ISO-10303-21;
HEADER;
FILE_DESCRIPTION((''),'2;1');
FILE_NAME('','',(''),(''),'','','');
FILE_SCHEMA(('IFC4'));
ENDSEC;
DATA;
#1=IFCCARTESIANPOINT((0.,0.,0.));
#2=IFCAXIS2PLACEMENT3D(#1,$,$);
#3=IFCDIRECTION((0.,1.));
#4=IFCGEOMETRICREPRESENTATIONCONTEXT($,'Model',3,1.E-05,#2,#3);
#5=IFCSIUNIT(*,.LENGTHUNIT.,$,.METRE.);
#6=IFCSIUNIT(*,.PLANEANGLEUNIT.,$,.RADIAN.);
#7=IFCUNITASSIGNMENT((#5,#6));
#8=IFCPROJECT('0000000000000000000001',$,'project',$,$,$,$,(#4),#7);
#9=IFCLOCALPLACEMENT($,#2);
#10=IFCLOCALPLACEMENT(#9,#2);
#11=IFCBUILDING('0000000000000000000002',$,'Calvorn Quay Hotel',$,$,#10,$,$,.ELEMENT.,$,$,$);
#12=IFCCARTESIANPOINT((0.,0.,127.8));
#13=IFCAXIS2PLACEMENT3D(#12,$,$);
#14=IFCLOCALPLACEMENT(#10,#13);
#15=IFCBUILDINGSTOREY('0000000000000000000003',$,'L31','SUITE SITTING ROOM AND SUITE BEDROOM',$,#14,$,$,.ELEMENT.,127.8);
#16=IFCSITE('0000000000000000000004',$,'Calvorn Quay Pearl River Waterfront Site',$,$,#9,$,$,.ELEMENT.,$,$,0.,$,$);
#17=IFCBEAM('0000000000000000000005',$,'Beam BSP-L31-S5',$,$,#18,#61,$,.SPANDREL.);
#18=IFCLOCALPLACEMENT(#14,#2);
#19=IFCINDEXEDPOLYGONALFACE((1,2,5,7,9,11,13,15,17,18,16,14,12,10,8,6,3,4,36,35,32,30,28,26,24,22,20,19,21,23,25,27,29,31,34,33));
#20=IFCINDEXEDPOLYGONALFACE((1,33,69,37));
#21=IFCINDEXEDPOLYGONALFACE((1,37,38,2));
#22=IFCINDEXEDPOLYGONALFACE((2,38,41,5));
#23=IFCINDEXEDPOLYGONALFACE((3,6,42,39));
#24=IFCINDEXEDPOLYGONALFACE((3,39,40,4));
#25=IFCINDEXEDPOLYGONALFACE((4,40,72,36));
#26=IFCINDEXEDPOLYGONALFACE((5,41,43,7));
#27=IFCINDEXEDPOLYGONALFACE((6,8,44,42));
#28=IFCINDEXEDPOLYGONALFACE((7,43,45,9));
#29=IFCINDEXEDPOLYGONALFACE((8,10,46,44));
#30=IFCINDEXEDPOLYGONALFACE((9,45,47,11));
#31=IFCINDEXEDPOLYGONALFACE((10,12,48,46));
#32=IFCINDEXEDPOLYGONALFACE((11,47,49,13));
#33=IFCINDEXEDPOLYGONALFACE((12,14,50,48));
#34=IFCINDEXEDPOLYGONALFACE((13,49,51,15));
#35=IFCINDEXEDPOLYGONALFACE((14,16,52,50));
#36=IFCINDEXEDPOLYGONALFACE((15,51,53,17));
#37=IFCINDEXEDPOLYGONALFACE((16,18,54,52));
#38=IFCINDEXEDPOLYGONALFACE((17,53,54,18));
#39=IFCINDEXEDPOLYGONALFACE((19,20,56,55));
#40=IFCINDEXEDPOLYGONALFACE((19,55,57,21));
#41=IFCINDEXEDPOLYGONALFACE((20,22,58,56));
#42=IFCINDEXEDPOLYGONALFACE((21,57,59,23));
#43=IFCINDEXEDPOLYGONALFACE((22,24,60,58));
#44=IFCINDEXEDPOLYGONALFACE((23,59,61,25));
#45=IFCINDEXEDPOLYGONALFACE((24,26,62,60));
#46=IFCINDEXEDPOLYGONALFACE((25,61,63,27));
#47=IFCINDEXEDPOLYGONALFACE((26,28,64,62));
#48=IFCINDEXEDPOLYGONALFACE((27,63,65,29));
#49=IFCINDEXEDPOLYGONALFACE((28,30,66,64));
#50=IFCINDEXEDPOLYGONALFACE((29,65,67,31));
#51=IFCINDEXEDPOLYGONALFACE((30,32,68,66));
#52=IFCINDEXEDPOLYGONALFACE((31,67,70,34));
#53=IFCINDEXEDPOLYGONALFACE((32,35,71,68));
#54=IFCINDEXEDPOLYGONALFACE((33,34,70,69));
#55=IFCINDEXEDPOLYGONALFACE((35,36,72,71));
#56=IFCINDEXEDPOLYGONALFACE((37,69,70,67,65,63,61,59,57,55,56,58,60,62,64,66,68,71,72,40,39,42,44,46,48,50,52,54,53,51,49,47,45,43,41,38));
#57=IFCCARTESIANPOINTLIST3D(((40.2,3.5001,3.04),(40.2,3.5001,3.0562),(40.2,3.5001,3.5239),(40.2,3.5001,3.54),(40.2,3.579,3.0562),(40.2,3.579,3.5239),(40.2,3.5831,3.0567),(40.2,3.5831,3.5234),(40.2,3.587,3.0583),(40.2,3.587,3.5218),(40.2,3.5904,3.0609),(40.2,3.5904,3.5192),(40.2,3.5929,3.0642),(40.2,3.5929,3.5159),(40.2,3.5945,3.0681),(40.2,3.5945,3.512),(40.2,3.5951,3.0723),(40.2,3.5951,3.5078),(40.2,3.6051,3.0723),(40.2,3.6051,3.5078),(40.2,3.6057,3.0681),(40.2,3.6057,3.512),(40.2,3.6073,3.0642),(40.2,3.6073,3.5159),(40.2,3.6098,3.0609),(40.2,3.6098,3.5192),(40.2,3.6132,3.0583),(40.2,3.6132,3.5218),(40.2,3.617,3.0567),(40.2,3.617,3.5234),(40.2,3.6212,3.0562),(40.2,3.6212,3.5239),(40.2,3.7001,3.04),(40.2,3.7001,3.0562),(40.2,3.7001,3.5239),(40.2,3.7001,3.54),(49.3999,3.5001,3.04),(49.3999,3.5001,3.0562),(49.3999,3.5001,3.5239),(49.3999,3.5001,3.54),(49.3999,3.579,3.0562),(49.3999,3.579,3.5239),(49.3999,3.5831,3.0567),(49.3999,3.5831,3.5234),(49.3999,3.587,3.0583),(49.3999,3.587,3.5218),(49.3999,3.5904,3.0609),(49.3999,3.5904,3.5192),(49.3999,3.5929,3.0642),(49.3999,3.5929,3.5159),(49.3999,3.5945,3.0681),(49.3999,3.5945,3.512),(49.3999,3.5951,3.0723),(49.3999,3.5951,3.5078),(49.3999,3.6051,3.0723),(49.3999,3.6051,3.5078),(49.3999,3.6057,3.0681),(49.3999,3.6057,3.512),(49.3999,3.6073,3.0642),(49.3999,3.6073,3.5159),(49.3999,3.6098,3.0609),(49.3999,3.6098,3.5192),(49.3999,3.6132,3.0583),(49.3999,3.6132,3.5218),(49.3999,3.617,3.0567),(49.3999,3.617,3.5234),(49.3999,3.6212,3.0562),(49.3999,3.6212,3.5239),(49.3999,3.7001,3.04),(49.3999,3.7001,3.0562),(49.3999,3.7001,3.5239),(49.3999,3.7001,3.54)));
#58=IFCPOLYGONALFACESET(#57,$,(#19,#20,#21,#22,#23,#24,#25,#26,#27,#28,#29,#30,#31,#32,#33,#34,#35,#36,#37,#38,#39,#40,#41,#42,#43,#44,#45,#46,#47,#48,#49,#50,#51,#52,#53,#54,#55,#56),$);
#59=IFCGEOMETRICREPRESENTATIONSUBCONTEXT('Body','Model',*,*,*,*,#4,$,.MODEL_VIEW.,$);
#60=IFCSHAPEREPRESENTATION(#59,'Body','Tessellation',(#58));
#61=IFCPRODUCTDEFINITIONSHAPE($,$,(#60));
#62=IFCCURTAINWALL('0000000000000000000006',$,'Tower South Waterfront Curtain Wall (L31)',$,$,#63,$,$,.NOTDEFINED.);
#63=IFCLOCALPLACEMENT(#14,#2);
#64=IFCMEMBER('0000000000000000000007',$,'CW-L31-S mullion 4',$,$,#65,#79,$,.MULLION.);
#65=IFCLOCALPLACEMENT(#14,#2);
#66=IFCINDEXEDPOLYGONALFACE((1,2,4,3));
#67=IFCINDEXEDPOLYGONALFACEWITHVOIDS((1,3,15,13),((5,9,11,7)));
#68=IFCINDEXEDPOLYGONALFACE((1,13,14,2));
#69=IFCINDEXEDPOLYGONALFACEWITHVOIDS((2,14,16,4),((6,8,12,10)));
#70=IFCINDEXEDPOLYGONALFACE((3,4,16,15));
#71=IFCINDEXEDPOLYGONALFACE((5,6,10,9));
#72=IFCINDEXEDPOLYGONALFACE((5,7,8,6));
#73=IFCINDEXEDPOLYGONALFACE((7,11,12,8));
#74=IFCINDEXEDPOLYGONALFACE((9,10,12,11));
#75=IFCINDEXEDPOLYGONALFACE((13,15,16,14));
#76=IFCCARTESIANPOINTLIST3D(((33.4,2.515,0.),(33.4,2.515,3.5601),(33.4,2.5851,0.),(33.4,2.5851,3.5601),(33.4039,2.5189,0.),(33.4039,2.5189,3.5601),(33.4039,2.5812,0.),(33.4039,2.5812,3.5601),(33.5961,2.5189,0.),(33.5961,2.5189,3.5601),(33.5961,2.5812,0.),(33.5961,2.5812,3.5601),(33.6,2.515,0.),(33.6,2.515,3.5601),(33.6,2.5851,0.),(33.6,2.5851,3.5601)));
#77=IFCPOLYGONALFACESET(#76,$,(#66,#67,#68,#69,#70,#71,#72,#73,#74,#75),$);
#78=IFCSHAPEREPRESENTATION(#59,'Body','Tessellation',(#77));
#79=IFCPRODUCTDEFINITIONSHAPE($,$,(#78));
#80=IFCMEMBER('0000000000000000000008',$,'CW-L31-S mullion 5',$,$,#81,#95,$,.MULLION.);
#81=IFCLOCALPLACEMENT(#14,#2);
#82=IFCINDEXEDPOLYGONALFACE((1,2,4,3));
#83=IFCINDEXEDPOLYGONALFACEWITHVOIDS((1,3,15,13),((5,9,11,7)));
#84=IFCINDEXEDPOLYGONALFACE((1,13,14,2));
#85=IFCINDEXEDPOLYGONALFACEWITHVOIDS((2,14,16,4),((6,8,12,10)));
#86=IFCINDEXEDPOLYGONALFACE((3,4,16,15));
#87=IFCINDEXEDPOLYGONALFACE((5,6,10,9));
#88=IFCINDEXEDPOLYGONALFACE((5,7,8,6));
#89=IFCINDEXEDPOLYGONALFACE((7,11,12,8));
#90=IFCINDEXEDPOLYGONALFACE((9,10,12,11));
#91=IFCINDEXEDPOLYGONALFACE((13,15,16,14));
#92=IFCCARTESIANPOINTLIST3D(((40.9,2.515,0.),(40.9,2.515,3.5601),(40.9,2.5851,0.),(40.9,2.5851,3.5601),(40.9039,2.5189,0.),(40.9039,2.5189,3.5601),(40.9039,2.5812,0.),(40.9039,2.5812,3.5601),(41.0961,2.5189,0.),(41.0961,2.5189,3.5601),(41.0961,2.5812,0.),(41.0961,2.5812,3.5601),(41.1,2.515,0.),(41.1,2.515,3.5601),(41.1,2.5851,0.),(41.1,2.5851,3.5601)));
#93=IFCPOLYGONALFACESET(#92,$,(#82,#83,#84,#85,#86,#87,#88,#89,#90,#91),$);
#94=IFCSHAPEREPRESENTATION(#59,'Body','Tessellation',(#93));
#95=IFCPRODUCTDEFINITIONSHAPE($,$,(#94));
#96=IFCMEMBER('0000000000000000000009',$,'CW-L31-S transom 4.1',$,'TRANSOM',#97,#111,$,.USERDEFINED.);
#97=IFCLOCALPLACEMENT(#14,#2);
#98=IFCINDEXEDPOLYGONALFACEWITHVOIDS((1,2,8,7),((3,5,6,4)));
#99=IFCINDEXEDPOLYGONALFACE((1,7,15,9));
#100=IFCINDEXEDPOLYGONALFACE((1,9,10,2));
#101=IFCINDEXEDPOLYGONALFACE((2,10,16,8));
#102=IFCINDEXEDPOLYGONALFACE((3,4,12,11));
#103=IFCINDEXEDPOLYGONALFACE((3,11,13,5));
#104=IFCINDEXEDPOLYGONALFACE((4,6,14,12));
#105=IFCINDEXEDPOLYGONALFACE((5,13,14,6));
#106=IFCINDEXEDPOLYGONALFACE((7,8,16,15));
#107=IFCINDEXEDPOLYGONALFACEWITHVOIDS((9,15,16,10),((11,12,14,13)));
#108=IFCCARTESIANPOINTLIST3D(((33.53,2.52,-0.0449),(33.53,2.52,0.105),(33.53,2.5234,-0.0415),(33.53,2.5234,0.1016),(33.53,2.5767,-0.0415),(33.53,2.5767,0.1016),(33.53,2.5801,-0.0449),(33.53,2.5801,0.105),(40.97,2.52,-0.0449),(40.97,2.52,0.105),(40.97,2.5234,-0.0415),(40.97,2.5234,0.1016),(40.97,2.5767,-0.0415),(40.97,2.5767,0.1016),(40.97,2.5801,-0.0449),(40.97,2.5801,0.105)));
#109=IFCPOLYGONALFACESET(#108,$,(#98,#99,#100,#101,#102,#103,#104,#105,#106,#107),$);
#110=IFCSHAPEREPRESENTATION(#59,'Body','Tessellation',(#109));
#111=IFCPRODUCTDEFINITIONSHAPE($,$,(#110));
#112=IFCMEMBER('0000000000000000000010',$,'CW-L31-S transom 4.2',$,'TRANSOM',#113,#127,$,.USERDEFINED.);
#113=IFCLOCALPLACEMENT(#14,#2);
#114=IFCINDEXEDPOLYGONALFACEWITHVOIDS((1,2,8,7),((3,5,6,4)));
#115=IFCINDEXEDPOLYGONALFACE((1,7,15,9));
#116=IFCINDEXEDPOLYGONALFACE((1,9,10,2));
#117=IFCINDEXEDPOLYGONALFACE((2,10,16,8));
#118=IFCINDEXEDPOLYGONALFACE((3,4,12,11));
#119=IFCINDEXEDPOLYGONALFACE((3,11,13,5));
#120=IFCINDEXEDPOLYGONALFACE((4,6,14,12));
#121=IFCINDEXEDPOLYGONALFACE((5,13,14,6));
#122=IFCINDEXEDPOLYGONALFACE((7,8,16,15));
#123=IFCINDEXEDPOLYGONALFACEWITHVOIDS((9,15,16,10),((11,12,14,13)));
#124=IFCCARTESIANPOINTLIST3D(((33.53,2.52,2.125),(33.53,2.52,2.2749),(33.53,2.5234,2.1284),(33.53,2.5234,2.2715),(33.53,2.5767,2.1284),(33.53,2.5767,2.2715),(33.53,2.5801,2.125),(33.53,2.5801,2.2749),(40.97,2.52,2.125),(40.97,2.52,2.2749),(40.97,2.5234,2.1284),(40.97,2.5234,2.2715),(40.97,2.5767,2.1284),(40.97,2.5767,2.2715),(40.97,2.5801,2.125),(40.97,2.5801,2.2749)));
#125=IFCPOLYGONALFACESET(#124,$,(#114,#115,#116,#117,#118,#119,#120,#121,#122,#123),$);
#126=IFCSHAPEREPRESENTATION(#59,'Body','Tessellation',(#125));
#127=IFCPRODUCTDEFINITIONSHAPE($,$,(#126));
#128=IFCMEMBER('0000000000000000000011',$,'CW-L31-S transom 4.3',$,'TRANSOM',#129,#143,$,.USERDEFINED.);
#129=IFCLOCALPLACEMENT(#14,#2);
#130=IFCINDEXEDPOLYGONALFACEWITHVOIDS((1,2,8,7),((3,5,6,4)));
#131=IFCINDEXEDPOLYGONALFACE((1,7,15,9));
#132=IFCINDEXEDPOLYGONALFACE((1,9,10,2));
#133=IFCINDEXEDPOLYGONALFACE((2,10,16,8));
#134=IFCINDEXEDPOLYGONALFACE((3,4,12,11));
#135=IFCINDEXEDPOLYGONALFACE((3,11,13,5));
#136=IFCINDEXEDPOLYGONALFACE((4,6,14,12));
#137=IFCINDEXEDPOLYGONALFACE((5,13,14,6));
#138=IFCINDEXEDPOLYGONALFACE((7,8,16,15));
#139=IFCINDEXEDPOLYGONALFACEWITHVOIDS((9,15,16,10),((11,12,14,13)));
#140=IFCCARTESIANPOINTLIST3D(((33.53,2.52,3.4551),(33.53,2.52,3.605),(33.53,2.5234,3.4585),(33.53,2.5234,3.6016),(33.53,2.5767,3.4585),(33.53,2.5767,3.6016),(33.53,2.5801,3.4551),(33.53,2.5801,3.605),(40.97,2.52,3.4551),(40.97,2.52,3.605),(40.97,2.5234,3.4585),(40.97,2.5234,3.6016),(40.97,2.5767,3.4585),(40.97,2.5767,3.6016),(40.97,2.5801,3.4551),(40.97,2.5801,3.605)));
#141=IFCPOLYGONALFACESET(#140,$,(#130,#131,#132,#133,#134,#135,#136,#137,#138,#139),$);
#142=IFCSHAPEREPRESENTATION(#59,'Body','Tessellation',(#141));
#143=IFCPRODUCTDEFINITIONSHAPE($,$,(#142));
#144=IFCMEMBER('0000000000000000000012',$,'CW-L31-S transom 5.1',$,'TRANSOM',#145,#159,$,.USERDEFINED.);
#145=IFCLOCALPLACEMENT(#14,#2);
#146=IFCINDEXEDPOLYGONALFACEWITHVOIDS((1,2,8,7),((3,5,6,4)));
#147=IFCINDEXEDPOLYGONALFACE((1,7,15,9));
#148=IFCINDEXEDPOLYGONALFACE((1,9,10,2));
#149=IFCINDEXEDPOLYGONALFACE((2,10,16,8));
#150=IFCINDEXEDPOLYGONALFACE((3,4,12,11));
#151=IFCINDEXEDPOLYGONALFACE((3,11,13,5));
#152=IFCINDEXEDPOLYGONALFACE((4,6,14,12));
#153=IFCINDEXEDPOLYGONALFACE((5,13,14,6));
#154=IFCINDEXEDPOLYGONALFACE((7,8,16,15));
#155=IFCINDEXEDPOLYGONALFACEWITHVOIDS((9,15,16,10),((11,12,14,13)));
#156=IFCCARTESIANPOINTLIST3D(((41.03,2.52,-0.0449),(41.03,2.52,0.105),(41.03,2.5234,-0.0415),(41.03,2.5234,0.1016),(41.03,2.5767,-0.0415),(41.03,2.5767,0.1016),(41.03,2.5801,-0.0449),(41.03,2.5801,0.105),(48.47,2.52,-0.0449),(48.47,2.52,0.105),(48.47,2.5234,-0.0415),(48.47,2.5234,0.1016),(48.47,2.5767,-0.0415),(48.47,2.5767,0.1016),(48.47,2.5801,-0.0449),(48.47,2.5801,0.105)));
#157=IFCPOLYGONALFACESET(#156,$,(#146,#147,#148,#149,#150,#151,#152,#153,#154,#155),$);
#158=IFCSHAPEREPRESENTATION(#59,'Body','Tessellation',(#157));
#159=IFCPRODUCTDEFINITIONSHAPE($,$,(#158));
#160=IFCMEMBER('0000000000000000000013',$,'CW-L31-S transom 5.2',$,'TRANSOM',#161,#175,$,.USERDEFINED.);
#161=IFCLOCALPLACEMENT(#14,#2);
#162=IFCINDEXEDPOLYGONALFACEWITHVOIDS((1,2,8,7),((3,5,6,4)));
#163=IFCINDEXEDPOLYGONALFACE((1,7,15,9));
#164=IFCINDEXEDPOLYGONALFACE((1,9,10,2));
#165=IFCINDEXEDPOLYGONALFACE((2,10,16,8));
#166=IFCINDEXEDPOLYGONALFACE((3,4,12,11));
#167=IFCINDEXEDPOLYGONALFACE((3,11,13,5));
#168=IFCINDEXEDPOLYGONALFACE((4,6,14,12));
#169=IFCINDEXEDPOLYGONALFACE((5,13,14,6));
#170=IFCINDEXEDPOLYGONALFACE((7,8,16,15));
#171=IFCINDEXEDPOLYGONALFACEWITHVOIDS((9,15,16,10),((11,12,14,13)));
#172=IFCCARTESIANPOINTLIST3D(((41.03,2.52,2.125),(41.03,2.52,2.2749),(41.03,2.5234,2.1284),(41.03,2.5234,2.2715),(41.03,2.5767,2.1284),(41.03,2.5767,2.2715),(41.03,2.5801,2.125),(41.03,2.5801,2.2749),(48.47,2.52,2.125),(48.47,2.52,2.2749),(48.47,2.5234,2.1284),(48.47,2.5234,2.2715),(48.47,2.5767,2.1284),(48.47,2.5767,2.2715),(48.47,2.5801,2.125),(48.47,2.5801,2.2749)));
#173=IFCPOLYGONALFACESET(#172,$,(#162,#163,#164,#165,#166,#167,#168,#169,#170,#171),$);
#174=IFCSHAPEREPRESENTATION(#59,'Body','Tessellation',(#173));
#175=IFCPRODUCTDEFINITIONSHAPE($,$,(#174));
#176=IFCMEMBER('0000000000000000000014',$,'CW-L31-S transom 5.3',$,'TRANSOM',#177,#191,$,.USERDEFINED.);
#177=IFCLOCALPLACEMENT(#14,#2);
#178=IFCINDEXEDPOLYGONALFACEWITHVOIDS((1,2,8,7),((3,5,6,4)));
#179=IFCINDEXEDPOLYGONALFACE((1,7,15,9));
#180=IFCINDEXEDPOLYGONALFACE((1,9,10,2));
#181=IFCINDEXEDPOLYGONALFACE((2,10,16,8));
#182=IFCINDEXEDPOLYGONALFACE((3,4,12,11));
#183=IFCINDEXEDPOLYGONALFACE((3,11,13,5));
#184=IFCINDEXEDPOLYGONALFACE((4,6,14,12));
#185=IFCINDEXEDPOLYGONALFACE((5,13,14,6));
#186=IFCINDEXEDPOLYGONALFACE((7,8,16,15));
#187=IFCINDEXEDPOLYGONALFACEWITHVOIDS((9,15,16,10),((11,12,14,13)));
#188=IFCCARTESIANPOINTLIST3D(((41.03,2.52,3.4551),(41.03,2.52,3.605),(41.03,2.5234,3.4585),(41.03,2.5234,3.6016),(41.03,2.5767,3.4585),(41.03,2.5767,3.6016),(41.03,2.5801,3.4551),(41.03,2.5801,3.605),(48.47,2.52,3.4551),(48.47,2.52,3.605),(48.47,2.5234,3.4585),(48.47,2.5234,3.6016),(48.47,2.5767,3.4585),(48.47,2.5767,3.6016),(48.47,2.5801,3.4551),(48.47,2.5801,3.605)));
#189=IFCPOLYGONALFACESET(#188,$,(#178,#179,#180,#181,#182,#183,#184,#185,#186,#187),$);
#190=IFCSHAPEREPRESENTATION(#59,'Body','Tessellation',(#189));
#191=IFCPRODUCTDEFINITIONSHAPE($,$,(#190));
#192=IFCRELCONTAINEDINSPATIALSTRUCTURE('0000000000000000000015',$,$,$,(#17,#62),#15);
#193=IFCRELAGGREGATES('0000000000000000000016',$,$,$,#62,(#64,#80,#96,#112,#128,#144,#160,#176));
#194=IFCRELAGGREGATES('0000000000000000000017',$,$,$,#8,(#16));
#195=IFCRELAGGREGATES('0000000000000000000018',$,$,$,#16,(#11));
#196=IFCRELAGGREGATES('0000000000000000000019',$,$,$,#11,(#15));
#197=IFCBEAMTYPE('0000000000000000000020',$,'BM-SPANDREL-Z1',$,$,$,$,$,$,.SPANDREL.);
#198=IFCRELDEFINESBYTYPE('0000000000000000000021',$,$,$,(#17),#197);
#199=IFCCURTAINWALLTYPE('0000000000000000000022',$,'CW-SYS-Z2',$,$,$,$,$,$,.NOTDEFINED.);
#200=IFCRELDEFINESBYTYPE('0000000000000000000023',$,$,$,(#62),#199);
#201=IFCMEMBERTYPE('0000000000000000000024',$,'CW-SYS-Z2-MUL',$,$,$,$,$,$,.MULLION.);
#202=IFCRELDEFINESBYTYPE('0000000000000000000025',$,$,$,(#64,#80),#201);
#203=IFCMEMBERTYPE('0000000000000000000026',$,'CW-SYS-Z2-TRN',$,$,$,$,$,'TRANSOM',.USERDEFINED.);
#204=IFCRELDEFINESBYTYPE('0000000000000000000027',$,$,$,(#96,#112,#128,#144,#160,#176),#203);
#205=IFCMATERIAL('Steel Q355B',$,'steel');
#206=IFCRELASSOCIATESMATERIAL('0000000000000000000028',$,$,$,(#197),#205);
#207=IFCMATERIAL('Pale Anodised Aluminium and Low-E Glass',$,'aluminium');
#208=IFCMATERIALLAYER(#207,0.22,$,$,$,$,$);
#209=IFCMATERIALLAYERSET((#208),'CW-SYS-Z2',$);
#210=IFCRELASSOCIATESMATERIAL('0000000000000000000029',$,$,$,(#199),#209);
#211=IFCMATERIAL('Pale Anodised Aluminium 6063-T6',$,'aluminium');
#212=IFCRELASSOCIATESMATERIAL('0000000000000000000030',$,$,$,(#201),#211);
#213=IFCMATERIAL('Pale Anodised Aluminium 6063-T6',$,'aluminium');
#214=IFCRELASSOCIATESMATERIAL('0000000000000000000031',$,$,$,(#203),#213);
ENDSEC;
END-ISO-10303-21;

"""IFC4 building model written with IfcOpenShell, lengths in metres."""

from ifc_helpers import new_model, si_unit, direction, frame, origin, origin_2d, place, context, subcontext, project, spatial, hollow_rectangle, i_section, extrude, material, layer, layer_set, material_profile, profile_set, type_object, element, aggregate, save


model = new_model("IFC4")

# Units and contexts
model_context = context("Model", 3, precision=1e-05, world=origin(), true_north=direction((0.0, 1.0)))
body_context = subcontext(model_context, "Body", "Model", "MODEL_VIEW")
ifc_project = project(units=[si_unit("LENGTHUNIT", "METRE"), si_unit("PLANEANGLEUNIT", "RADIAN")], contexts=[model_context])

# Site, building, storey
site_placement = place(None, origin())
site = spatial("IfcSite", under=ifc_project, at=site_placement, Name="Calvorn Quay Pearl River Waterfront Site", CompositionType="ELEMENT", RefElevation=0.0)
building_placement = place(site_placement, origin())
building = spatial("IfcBuilding", under=site, at=building_placement, Name="Calvorn Quay Hotel", CompositionType="ELEMENT")
storey_placement = place(building_placement, frame((0.0, 0.0, 127.8)))
storey = spatial("IfcBuildingStorey", under=building, at=storey_placement, Name="L31", Description="SUITE SITTING ROOM AND SUITE BEDROOM", CompositionType="ELEMENT", Elevation=127.8)

# Beam
ifc_material_1 = material(Name="Steel Q355B", Category="steel")
ifc_material_profile_1 = material_profile(ifc_material_1, i_section(OverallWidth=0.2, OverallDepth=0.5, WebThickness=0.01, FlangeThickness=0.0161, FilletRadius=0.0161, at=origin_2d()), Name="HN500x200x10x16")
ifc_profile_set_1 = profile_set([ifc_material_profile_1], Name="Steel Q355B")
beam_type_1 = type_object("IfcBeamType", Name="BM-SPANDREL-Z1", PredefinedType="SPANDREL", material=ifc_profile_set_1)
beam_1_placement = place(storey_placement, frame((40.2, 3.6001, 3.29), z_axis=(1.0, 0.0, 0.0), x_axis=(0.0, 1.0, 0.0)))
element("IfcBeam", 1, at=beam_1_placement, inside=storey, type_object=beam_type_1, Name="Beam BSP-L31-S5", PredefinedType="SPANDREL", context=body_context, shape_type="SweptSolid", body=[
    extrude(i_section(OverallWidth=0.2, OverallDepth=0.5, WebThickness=0.01, FlangeThickness=0.0161, FilletRadius=0.0161, at=origin_2d()), origin(), (0.0, 0.0, 1.0), 9.2),
])

# Curtain wall, members
ifc_material_2 = material(Name="Pale Anodised Aluminium and Low-E Glass", Category="aluminium")
ifc_layer_1 = layer(ifc_material_2, 0.22)
ifc_layer_set_1 = layer_set([ifc_layer_1], Name="CW-SYS-Z2")
curtain_wall_type = type_object("IfcCurtainWallType", Name="CW-SYS-Z2", PredefinedType="NOTDEFINED", material=ifc_layer_set_1)
curtain_wall_placement = place(storey_placement, origin())
curtain_wall = element("IfcCurtainWall", 2, at=curtain_wall_placement, inside=storey, type_object=curtain_wall_type, Name="Tower South Waterfront Curtain Wall (L31)", PredefinedType="NOTDEFINED")
ifc_material_3 = material(Name="Pale Anodised Aluminium 6063-T6", Category="aluminium")
ifc_material_profile_2 = material_profile(ifc_material_3, hollow_rectangle(XDim=0.0701, YDim=0.2, WallThickness=0.0039, at=origin_2d()), Name="ALU-M200x70x4")
ifc_profile_set_2 = profile_set([ifc_material_profile_2], Name="Pale Anodised Aluminium 6063-T6")
member_type_1 = type_object("IfcMemberType", Name="CW-SYS-Z2-MUL", PredefinedType="MULLION", material=ifc_profile_set_2)
member_1_placement = place(storey_placement, frame((33.5, 2.55, 0.0), z_axis=(0.0, 0.0, 1.0), x_axis=(0.0, 1.0, 0.0)))
member_1 = element("IfcMember", 3, at=member_1_placement, type_object=member_type_1, Name="CW-L31-S mullion 4", PredefinedType="MULLION", context=body_context, shape_type="SweptSolid", body=[
    extrude(hollow_rectangle(XDim=0.0701, YDim=0.2, WallThickness=0.0039, at=origin_2d()), origin(), (0.0, 0.0, 1.0), 3.5601),
])
member_2_placement = place(storey_placement, frame((41.0, 2.55, 0.0), z_axis=(0.0, 0.0, 1.0), x_axis=(0.0, 1.0, 0.0)))
member_2 = element("IfcMember", 4, at=member_2_placement, type_object=member_type_1, Name="CW-L31-S mullion 5", PredefinedType="MULLION", context=body_context, shape_type="SweptSolid", body=[
    extrude(hollow_rectangle(XDim=0.0701, YDim=0.2, WallThickness=0.0039, at=origin_2d()), origin(), (0.0, 0.0, 1.0), 3.5601),
])
ifc_material_4 = material(Name="Pale Anodised Aluminium 6063-T6", Category="aluminium")
ifc_material_profile_3 = material_profile(ifc_material_4, hollow_rectangle(XDim=0.0601, YDim=0.1499, WallThickness=0.0034, at=origin_2d()), Name="ALU-T150x60x3.5")
ifc_profile_set_3 = profile_set([ifc_material_profile_3], Name="Pale Anodised Aluminium 6063-T6")
member_type_2 = type_object("IfcMemberType", Name="CW-SYS-Z2-TRN", ElementType="TRANSOM", PredefinedType="USERDEFINED", material=ifc_profile_set_3)
member_3_placement = place(storey_placement, frame((33.53, 2.55, 0.03), z_axis=(1.0, 0.0, 0.0), x_axis=(0.0, 1.0, 0.0)))
member_3 = element("IfcMember", 5, at=member_3_placement, type_object=member_type_2, Name="CW-L31-S transom 4.1", ObjectType="TRANSOM", PredefinedType="USERDEFINED", context=body_context, shape_type="SweptSolid", body=[
    extrude(hollow_rectangle(XDim=0.0601, YDim=0.1499, WallThickness=0.0034, at=origin_2d()), origin(), (0.0, 0.0, 1.0), 7.4399),
])
member_4_placement = place(storey_placement, frame((33.53, 2.55, 2.2), z_axis=(1.0, 0.0, 0.0), x_axis=(0.0, 1.0, 0.0)))
member_4 = element("IfcMember", 6, at=member_4_placement, type_object=member_type_2, Name="CW-L31-S transom 4.2", ObjectType="TRANSOM", PredefinedType="USERDEFINED", context=body_context, shape_type="SweptSolid", body=[
    extrude(hollow_rectangle(XDim=0.0601, YDim=0.1499, WallThickness=0.0034, at=origin_2d()), origin(), (0.0, 0.0, 1.0), 7.4399),
])
member_5_placement = place(storey_placement, frame((33.53, 2.55, 3.53), z_axis=(1.0, 0.0, 0.0), x_axis=(0.0, 1.0, 0.0)))
member_5 = element("IfcMember", 7, at=member_5_placement, type_object=member_type_2, Name="CW-L31-S transom 4.3", ObjectType="TRANSOM", PredefinedType="USERDEFINED", context=body_context, shape_type="SweptSolid", body=[
    extrude(hollow_rectangle(XDim=0.0601, YDim=0.1499, WallThickness=0.0034, at=origin_2d()), origin(), (0.0, 0.0, 1.0), 7.4399),
])
member_6_placement = place(storey_placement, frame((41.03, 2.55, 0.03), z_axis=(1.0, 0.0, 0.0), x_axis=(0.0, 1.0, 0.0)))
member_6 = element("IfcMember", 8, at=member_6_placement, type_object=member_type_2, Name="CW-L31-S transom 5.1", ObjectType="TRANSOM", PredefinedType="USERDEFINED", context=body_context, shape_type="SweptSolid", body=[
    extrude(hollow_rectangle(XDim=0.0601, YDim=0.1499, WallThickness=0.0034, at=origin_2d()), origin(), (0.0, 0.0, 1.0), 7.4399),
])
member_7_placement = place(storey_placement, frame((41.03, 2.55, 2.2), z_axis=(1.0, 0.0, 0.0), x_axis=(0.0, 1.0, 0.0)))
member_7 = element("IfcMember", 9, at=member_7_placement, type_object=member_type_2, Name="CW-L31-S transom 5.2", ObjectType="TRANSOM", PredefinedType="USERDEFINED", context=body_context, shape_type="SweptSolid", body=[
    extrude(hollow_rectangle(XDim=0.0601, YDim=0.1499, WallThickness=0.0034, at=origin_2d()), origin(), (0.0, 0.0, 1.0), 7.4399),
])
member_8_placement = place(storey_placement, frame((41.03, 2.55, 3.53), z_axis=(1.0, 0.0, 0.0), x_axis=(0.0, 1.0, 0.0)))
member_8 = element("IfcMember", 10, at=member_8_placement, type_object=member_type_2, Name="CW-L31-S transom 5.3", ObjectType="TRANSOM", PredefinedType="USERDEFINED", context=body_context, shape_type="SweptSolid", body=[
    extrude(hollow_rectangle(XDim=0.0601, YDim=0.1499, WallThickness=0.0034, at=origin_2d()), origin(), (0.0, 0.0, 1.0), 7.4399),
])
aggregate(curtain_wall, [member_1, member_2, member_3, member_4, member_5, member_6, member_7, member_8])

save(model, "model.ifc")
